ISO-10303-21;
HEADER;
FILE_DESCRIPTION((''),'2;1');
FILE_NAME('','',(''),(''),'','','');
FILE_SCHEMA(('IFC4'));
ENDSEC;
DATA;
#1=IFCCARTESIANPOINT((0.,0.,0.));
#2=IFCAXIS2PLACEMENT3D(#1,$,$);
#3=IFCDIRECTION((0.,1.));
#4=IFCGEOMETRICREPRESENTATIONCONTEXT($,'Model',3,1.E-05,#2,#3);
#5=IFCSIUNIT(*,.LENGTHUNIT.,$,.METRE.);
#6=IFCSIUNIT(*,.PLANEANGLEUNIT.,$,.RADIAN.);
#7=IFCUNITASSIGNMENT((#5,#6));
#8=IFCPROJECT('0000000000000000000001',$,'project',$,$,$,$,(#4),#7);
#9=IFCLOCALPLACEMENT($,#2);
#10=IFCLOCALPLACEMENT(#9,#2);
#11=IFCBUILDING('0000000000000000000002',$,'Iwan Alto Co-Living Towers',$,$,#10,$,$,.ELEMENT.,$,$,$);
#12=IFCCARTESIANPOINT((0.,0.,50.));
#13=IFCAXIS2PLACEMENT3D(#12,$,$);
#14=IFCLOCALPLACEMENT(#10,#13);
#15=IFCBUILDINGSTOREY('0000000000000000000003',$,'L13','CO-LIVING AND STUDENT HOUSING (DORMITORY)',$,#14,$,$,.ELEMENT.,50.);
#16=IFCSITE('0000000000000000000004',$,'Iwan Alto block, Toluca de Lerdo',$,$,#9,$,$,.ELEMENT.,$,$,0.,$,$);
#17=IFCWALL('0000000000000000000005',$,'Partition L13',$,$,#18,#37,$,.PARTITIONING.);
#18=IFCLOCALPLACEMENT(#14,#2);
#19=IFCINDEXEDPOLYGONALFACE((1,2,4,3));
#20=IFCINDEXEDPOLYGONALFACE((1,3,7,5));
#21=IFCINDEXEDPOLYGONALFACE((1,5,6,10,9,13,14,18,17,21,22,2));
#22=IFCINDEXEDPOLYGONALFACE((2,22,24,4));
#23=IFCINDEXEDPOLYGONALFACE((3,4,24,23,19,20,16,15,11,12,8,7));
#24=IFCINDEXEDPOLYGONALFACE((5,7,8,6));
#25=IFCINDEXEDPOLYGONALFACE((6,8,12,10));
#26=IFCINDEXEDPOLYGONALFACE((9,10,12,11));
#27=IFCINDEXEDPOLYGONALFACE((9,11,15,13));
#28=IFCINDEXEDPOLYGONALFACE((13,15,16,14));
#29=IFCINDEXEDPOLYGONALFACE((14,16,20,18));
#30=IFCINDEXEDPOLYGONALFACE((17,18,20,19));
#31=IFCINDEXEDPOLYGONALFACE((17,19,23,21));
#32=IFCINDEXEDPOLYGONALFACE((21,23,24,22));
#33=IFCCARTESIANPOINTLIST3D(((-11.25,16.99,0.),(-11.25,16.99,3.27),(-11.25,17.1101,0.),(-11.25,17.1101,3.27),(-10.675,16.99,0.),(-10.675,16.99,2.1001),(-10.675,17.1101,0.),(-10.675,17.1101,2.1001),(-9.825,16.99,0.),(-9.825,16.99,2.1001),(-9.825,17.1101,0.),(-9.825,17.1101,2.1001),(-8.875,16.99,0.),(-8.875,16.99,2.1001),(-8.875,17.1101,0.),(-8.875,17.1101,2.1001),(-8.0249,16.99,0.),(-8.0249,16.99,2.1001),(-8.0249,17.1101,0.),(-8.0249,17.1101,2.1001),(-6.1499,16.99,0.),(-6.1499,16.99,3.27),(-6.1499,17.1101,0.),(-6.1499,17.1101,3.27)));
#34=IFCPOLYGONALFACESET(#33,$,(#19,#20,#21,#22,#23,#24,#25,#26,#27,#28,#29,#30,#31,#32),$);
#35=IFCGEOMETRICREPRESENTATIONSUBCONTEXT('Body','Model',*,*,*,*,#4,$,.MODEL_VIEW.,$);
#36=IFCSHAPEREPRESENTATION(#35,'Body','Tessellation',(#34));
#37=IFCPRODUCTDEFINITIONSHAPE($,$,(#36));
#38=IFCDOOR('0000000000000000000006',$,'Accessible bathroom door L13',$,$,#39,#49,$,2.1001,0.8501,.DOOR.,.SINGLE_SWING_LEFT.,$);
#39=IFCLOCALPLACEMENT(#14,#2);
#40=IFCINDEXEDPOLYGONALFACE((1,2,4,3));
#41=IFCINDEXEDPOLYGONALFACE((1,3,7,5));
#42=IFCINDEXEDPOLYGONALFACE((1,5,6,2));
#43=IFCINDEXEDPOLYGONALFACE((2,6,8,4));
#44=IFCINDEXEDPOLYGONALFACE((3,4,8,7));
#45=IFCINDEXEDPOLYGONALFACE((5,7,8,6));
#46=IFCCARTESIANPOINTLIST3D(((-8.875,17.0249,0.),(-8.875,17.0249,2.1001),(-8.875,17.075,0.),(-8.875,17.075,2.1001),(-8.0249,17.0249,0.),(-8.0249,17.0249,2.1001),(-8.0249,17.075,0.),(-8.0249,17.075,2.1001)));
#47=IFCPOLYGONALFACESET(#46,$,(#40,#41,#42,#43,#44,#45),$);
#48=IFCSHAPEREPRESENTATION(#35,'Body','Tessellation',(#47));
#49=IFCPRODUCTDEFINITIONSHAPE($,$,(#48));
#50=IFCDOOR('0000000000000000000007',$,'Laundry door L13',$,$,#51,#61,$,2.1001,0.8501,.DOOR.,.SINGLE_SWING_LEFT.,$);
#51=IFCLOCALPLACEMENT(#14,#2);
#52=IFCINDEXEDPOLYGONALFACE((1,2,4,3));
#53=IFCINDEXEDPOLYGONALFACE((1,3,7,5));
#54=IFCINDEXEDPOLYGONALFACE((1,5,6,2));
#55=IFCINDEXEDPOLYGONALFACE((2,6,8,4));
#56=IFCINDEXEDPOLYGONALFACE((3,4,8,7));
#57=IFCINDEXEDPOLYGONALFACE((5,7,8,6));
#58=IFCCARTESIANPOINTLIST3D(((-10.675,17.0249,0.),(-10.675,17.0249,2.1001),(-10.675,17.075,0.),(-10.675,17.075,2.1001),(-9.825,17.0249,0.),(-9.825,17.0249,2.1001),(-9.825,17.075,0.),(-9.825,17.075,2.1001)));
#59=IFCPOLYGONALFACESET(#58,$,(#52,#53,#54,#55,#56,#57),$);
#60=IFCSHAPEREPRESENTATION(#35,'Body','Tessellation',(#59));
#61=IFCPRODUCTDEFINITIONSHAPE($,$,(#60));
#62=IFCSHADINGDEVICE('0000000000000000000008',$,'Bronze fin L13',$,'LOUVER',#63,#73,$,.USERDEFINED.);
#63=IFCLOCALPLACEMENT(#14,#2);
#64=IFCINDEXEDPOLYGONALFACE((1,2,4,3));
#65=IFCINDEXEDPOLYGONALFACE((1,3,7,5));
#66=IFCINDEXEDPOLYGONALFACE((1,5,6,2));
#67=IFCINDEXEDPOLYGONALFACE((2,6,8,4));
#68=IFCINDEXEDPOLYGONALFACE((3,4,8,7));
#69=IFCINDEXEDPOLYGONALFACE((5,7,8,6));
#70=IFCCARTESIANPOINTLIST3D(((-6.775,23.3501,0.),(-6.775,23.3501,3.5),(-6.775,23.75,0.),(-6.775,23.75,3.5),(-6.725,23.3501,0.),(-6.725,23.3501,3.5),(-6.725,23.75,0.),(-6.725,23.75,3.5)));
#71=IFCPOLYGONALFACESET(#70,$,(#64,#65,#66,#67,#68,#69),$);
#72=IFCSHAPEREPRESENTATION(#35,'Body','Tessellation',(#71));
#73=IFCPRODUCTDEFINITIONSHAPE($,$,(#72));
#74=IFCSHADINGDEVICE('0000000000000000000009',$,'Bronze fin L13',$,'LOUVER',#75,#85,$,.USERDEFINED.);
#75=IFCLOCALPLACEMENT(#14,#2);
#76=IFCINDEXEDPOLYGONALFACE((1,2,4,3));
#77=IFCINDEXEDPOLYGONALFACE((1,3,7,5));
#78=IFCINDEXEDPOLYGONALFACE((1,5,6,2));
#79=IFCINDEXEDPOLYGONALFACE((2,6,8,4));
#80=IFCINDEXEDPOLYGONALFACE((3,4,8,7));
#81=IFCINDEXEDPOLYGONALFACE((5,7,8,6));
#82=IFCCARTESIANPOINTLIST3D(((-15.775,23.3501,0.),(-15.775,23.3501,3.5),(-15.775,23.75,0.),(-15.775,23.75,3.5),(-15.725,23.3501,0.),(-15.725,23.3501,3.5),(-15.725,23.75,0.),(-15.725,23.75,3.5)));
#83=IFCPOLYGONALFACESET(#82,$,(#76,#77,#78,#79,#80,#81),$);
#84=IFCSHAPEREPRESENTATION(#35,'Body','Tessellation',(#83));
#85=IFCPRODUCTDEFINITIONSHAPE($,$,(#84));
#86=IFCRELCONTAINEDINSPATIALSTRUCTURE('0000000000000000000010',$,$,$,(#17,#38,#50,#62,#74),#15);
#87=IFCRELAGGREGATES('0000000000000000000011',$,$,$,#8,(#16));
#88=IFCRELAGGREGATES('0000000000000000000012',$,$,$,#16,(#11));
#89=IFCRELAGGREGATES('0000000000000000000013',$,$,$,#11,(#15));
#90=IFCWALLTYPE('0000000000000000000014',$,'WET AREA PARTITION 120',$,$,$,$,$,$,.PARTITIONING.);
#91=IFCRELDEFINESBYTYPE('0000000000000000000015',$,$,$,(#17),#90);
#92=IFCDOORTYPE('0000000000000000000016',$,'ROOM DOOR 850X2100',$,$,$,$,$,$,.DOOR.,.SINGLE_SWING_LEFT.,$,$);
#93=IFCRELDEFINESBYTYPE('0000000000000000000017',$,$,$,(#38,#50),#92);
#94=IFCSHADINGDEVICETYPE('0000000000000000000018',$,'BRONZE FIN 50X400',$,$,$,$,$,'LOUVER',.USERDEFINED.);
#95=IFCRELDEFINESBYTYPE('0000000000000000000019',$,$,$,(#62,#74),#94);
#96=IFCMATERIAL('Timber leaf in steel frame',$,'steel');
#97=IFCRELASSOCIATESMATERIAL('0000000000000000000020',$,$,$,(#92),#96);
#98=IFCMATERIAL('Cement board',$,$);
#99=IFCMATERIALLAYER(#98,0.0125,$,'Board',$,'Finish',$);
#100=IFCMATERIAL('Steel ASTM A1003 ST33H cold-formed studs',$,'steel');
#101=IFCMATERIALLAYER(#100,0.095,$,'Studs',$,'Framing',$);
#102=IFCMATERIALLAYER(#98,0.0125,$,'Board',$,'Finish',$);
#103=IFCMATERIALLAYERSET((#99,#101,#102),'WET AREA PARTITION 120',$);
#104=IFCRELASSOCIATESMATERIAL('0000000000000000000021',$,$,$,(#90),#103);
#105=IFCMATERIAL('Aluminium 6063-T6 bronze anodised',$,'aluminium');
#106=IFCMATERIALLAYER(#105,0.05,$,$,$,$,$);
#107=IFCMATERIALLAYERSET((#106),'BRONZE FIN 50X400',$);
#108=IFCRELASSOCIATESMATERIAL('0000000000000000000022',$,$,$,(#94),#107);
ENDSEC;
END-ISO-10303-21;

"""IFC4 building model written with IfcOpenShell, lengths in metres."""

from ifc_helpers import new_model, si_unit, direction, frame, frame_2d, origin, origin_2d, place, context, subcontext, project, spatial, rectangle, extrude, material, layer, layer_set, type_object, element, fill, save


model = new_model("IFC4")

# Units and contexts
model_context = context("Model", 3, precision=1e-05, world=origin(), true_north=direction((0.0, 1.0)))
body_context = subcontext(model_context, "Body", "Model", "MODEL_VIEW")
ifc_project = project(units=[si_unit("LENGTHUNIT", "METRE"), si_unit("PLANEANGLEUNIT", "RADIAN")], contexts=[model_context])

# Site, building, storey
site_placement = place(None, origin())
site = spatial("IfcSite", under=ifc_project, at=site_placement, Name="Iwan Alto block, Toluca de Lerdo", CompositionType="ELEMENT", RefElevation=0.0)
building_placement = place(site_placement, origin())
building = spatial("IfcBuilding", under=site, at=building_placement, Name="Iwan Alto Co-Living Towers", CompositionType="ELEMENT")
storey_placement = place(building_placement, frame((0.0, 0.0, 50.0)))
storey = spatial("IfcBuildingStorey", under=building, at=storey_placement, Name="L13", Description="CO-LIVING AND STUDENT HOUSING (DORMITORY)", CompositionType="ELEMENT", Elevation=50.0)

# Shared definitions
ifc_material_1 = material(Name="Steel ASTM A1003 ST33H cold-formed studs", Category="steel")
ifc_material_2 = material(Name="Timber leaf in steel frame", Category="steel")
door_type_1 = type_object("IfcDoorType", Name="ROOM DOOR 850X2100", OperationType="SINGLE_SWING_LEFT", PredefinedType="DOOR", material=ifc_material_2)

# Wall, openings, doors
ifc_material_3 = material(Name="Cement board")
ifc_layer_1 = layer(ifc_material_3, 0.0125, Name="Board", Category="Finish")
ifc_layer_2 = layer(ifc_material_1, 0.095, Name="Studs", Category="Framing")
ifc_layer_3 = layer(ifc_material_3, 0.0125, Name="Board", Category="Finish")
ifc_layer_set_1 = layer_set([ifc_layer_1, ifc_layer_2, ifc_layer_3], Name="WET AREA PARTITION 120")
wall_type_1 = type_object("IfcWallType", Name="WET AREA PARTITION 120", PredefinedType="PARTITIONING", material=ifc_layer_set_1)
wall_1_placement = place(storey_placement, frame((-11.25, 17.05, 0.0), z_axis=(0.0, 0.0, 1.0), x_axis=(1.0, 0.0, 0.0)))
wall_1 = element("IfcWall", 1, at=wall_1_placement, inside=storey, type_object=wall_type_1, Name="Partition L13", PredefinedType="PARTITIONING", context=body_context, shape_type="SweptSolid", body=[
    extrude(rectangle(XDim=5.1001, YDim=0.1201, at=frame_2d((2.55, 0.0))), origin(), (0.0, 0.0, 1.0), 3.27),
])
opening_1_placement = place(wall_1_placement, frame((2.375, 0.0, 0.0)))
opening_1 = element("IfcOpeningElement", 2, at=opening_1_placement, cuts=wall_1, PredefinedType="OPENING", context=body_context, shape_type="SweptSolid", body=[
    extrude(rectangle(XDim=0.8501, YDim=2.1001, at=frame_2d((0.425, 1.05))), frame((0.0, 0.0701, 0.0), z_axis=(0.0, -1.0, 0.0), x_axis=(1.0, 0.0, 0.0)), (0.0, 0.0, 1.0), 0.1401),
])
opening_2_placement = place(wall_1_placement, frame((0.575, 0.0, 0.0)))
opening_2 = element("IfcOpeningElement", 3, at=opening_2_placement, cuts=wall_1, PredefinedType="OPENING", context=body_context, shape_type="SweptSolid", body=[
    extrude(rectangle(XDim=0.8501, YDim=2.1001, at=frame_2d((0.425, 1.05))), frame((0.0, 0.0701, 0.0), z_axis=(0.0, -1.0, 0.0), x_axis=(1.0, 0.0, 0.0)), (0.0, 0.0, 1.0), 0.1401),
])
door_1_placement = place(opening_1_placement, origin())
door_1 = element("IfcDoor", 4, at=door_1_placement, inside=storey, type_object=door_type_1, Name="Accessible bathroom door L13", OperationType="SINGLE_SWING_LEFT", OverallHeight=2.1001, OverallWidth=0.8501, PredefinedType="DOOR", context=body_context, shape_type="SweptSolid", body=[
    extrude(rectangle(XDim=0.8501, YDim=2.1001, at=frame_2d((0.425, 1.05))), frame((0.0, 0.0249, 0.0), z_axis=(0.0, -1.0, 0.0), x_axis=(1.0, 0.0, 0.0)), (0.0, 0.0, 1.0), 0.05),
])
fill(opening_1, door_1)
door_2_placement = place(opening_2_placement, origin())
door_2 = element("IfcDoor", 5, at=door_2_placement, inside=storey, type_object=door_type_1, Name="Laundry door L13", OperationType="SINGLE_SWING_LEFT", OverallHeight=2.1001, OverallWidth=0.8501, PredefinedType="DOOR", context=body_context, shape_type="SweptSolid", body=[
    extrude(rectangle(XDim=0.8501, YDim=2.1001, at=frame_2d((0.425, 1.05))), frame((0.0, 0.0249, 0.0), z_axis=(0.0, -1.0, 0.0), x_axis=(1.0, 0.0, 0.0)), (0.0, 0.0, 1.0), 0.05),
])
fill(opening_2, door_2)

# Shading devices
ifc_material_4 = material(Name="Aluminium 6063-T6 bronze anodised", Category="aluminium")
ifc_layer_4 = layer(ifc_material_4, 0.05)
ifc_layer_set_2 = layer_set([ifc_layer_4], Name="BRONZE FIN 50X400")
shading_device_type = type_object("IfcShadingDeviceType", Name="BRONZE FIN 50X400", ElementType="LOUVER", PredefinedType="USERDEFINED", material=ifc_layer_set_2)
for number, where, z_axis, x_axis, name in (
    (6, (-6.75, 23.55, 0.0), (0.0, 0.0, 1.0), (-1.0, 0.0, 0.0), "Bronze fin L13"),
    (7, (-15.75, 23.55, 0.0), (0.0, 0.0, 1.0), (-1.0, 0.0, 0.0), "Bronze fin L13"),
):
    element("IfcShadingDevice", number, at=place(storey_placement, frame(where, z_axis=z_axis, x_axis=x_axis)), inside=storey, type_object=shading_device_type, Name=name, ObjectType="LOUVER", PredefinedType="USERDEFINED", context=body_context, shape_type="SweptSolid", body=[
        extrude(rectangle(XDim=0.05, YDim=0.3999, at=origin_2d()), origin(), (0.0, 0.0, 1.0), 3.5),
    ])

save(model, "model.ifc")
